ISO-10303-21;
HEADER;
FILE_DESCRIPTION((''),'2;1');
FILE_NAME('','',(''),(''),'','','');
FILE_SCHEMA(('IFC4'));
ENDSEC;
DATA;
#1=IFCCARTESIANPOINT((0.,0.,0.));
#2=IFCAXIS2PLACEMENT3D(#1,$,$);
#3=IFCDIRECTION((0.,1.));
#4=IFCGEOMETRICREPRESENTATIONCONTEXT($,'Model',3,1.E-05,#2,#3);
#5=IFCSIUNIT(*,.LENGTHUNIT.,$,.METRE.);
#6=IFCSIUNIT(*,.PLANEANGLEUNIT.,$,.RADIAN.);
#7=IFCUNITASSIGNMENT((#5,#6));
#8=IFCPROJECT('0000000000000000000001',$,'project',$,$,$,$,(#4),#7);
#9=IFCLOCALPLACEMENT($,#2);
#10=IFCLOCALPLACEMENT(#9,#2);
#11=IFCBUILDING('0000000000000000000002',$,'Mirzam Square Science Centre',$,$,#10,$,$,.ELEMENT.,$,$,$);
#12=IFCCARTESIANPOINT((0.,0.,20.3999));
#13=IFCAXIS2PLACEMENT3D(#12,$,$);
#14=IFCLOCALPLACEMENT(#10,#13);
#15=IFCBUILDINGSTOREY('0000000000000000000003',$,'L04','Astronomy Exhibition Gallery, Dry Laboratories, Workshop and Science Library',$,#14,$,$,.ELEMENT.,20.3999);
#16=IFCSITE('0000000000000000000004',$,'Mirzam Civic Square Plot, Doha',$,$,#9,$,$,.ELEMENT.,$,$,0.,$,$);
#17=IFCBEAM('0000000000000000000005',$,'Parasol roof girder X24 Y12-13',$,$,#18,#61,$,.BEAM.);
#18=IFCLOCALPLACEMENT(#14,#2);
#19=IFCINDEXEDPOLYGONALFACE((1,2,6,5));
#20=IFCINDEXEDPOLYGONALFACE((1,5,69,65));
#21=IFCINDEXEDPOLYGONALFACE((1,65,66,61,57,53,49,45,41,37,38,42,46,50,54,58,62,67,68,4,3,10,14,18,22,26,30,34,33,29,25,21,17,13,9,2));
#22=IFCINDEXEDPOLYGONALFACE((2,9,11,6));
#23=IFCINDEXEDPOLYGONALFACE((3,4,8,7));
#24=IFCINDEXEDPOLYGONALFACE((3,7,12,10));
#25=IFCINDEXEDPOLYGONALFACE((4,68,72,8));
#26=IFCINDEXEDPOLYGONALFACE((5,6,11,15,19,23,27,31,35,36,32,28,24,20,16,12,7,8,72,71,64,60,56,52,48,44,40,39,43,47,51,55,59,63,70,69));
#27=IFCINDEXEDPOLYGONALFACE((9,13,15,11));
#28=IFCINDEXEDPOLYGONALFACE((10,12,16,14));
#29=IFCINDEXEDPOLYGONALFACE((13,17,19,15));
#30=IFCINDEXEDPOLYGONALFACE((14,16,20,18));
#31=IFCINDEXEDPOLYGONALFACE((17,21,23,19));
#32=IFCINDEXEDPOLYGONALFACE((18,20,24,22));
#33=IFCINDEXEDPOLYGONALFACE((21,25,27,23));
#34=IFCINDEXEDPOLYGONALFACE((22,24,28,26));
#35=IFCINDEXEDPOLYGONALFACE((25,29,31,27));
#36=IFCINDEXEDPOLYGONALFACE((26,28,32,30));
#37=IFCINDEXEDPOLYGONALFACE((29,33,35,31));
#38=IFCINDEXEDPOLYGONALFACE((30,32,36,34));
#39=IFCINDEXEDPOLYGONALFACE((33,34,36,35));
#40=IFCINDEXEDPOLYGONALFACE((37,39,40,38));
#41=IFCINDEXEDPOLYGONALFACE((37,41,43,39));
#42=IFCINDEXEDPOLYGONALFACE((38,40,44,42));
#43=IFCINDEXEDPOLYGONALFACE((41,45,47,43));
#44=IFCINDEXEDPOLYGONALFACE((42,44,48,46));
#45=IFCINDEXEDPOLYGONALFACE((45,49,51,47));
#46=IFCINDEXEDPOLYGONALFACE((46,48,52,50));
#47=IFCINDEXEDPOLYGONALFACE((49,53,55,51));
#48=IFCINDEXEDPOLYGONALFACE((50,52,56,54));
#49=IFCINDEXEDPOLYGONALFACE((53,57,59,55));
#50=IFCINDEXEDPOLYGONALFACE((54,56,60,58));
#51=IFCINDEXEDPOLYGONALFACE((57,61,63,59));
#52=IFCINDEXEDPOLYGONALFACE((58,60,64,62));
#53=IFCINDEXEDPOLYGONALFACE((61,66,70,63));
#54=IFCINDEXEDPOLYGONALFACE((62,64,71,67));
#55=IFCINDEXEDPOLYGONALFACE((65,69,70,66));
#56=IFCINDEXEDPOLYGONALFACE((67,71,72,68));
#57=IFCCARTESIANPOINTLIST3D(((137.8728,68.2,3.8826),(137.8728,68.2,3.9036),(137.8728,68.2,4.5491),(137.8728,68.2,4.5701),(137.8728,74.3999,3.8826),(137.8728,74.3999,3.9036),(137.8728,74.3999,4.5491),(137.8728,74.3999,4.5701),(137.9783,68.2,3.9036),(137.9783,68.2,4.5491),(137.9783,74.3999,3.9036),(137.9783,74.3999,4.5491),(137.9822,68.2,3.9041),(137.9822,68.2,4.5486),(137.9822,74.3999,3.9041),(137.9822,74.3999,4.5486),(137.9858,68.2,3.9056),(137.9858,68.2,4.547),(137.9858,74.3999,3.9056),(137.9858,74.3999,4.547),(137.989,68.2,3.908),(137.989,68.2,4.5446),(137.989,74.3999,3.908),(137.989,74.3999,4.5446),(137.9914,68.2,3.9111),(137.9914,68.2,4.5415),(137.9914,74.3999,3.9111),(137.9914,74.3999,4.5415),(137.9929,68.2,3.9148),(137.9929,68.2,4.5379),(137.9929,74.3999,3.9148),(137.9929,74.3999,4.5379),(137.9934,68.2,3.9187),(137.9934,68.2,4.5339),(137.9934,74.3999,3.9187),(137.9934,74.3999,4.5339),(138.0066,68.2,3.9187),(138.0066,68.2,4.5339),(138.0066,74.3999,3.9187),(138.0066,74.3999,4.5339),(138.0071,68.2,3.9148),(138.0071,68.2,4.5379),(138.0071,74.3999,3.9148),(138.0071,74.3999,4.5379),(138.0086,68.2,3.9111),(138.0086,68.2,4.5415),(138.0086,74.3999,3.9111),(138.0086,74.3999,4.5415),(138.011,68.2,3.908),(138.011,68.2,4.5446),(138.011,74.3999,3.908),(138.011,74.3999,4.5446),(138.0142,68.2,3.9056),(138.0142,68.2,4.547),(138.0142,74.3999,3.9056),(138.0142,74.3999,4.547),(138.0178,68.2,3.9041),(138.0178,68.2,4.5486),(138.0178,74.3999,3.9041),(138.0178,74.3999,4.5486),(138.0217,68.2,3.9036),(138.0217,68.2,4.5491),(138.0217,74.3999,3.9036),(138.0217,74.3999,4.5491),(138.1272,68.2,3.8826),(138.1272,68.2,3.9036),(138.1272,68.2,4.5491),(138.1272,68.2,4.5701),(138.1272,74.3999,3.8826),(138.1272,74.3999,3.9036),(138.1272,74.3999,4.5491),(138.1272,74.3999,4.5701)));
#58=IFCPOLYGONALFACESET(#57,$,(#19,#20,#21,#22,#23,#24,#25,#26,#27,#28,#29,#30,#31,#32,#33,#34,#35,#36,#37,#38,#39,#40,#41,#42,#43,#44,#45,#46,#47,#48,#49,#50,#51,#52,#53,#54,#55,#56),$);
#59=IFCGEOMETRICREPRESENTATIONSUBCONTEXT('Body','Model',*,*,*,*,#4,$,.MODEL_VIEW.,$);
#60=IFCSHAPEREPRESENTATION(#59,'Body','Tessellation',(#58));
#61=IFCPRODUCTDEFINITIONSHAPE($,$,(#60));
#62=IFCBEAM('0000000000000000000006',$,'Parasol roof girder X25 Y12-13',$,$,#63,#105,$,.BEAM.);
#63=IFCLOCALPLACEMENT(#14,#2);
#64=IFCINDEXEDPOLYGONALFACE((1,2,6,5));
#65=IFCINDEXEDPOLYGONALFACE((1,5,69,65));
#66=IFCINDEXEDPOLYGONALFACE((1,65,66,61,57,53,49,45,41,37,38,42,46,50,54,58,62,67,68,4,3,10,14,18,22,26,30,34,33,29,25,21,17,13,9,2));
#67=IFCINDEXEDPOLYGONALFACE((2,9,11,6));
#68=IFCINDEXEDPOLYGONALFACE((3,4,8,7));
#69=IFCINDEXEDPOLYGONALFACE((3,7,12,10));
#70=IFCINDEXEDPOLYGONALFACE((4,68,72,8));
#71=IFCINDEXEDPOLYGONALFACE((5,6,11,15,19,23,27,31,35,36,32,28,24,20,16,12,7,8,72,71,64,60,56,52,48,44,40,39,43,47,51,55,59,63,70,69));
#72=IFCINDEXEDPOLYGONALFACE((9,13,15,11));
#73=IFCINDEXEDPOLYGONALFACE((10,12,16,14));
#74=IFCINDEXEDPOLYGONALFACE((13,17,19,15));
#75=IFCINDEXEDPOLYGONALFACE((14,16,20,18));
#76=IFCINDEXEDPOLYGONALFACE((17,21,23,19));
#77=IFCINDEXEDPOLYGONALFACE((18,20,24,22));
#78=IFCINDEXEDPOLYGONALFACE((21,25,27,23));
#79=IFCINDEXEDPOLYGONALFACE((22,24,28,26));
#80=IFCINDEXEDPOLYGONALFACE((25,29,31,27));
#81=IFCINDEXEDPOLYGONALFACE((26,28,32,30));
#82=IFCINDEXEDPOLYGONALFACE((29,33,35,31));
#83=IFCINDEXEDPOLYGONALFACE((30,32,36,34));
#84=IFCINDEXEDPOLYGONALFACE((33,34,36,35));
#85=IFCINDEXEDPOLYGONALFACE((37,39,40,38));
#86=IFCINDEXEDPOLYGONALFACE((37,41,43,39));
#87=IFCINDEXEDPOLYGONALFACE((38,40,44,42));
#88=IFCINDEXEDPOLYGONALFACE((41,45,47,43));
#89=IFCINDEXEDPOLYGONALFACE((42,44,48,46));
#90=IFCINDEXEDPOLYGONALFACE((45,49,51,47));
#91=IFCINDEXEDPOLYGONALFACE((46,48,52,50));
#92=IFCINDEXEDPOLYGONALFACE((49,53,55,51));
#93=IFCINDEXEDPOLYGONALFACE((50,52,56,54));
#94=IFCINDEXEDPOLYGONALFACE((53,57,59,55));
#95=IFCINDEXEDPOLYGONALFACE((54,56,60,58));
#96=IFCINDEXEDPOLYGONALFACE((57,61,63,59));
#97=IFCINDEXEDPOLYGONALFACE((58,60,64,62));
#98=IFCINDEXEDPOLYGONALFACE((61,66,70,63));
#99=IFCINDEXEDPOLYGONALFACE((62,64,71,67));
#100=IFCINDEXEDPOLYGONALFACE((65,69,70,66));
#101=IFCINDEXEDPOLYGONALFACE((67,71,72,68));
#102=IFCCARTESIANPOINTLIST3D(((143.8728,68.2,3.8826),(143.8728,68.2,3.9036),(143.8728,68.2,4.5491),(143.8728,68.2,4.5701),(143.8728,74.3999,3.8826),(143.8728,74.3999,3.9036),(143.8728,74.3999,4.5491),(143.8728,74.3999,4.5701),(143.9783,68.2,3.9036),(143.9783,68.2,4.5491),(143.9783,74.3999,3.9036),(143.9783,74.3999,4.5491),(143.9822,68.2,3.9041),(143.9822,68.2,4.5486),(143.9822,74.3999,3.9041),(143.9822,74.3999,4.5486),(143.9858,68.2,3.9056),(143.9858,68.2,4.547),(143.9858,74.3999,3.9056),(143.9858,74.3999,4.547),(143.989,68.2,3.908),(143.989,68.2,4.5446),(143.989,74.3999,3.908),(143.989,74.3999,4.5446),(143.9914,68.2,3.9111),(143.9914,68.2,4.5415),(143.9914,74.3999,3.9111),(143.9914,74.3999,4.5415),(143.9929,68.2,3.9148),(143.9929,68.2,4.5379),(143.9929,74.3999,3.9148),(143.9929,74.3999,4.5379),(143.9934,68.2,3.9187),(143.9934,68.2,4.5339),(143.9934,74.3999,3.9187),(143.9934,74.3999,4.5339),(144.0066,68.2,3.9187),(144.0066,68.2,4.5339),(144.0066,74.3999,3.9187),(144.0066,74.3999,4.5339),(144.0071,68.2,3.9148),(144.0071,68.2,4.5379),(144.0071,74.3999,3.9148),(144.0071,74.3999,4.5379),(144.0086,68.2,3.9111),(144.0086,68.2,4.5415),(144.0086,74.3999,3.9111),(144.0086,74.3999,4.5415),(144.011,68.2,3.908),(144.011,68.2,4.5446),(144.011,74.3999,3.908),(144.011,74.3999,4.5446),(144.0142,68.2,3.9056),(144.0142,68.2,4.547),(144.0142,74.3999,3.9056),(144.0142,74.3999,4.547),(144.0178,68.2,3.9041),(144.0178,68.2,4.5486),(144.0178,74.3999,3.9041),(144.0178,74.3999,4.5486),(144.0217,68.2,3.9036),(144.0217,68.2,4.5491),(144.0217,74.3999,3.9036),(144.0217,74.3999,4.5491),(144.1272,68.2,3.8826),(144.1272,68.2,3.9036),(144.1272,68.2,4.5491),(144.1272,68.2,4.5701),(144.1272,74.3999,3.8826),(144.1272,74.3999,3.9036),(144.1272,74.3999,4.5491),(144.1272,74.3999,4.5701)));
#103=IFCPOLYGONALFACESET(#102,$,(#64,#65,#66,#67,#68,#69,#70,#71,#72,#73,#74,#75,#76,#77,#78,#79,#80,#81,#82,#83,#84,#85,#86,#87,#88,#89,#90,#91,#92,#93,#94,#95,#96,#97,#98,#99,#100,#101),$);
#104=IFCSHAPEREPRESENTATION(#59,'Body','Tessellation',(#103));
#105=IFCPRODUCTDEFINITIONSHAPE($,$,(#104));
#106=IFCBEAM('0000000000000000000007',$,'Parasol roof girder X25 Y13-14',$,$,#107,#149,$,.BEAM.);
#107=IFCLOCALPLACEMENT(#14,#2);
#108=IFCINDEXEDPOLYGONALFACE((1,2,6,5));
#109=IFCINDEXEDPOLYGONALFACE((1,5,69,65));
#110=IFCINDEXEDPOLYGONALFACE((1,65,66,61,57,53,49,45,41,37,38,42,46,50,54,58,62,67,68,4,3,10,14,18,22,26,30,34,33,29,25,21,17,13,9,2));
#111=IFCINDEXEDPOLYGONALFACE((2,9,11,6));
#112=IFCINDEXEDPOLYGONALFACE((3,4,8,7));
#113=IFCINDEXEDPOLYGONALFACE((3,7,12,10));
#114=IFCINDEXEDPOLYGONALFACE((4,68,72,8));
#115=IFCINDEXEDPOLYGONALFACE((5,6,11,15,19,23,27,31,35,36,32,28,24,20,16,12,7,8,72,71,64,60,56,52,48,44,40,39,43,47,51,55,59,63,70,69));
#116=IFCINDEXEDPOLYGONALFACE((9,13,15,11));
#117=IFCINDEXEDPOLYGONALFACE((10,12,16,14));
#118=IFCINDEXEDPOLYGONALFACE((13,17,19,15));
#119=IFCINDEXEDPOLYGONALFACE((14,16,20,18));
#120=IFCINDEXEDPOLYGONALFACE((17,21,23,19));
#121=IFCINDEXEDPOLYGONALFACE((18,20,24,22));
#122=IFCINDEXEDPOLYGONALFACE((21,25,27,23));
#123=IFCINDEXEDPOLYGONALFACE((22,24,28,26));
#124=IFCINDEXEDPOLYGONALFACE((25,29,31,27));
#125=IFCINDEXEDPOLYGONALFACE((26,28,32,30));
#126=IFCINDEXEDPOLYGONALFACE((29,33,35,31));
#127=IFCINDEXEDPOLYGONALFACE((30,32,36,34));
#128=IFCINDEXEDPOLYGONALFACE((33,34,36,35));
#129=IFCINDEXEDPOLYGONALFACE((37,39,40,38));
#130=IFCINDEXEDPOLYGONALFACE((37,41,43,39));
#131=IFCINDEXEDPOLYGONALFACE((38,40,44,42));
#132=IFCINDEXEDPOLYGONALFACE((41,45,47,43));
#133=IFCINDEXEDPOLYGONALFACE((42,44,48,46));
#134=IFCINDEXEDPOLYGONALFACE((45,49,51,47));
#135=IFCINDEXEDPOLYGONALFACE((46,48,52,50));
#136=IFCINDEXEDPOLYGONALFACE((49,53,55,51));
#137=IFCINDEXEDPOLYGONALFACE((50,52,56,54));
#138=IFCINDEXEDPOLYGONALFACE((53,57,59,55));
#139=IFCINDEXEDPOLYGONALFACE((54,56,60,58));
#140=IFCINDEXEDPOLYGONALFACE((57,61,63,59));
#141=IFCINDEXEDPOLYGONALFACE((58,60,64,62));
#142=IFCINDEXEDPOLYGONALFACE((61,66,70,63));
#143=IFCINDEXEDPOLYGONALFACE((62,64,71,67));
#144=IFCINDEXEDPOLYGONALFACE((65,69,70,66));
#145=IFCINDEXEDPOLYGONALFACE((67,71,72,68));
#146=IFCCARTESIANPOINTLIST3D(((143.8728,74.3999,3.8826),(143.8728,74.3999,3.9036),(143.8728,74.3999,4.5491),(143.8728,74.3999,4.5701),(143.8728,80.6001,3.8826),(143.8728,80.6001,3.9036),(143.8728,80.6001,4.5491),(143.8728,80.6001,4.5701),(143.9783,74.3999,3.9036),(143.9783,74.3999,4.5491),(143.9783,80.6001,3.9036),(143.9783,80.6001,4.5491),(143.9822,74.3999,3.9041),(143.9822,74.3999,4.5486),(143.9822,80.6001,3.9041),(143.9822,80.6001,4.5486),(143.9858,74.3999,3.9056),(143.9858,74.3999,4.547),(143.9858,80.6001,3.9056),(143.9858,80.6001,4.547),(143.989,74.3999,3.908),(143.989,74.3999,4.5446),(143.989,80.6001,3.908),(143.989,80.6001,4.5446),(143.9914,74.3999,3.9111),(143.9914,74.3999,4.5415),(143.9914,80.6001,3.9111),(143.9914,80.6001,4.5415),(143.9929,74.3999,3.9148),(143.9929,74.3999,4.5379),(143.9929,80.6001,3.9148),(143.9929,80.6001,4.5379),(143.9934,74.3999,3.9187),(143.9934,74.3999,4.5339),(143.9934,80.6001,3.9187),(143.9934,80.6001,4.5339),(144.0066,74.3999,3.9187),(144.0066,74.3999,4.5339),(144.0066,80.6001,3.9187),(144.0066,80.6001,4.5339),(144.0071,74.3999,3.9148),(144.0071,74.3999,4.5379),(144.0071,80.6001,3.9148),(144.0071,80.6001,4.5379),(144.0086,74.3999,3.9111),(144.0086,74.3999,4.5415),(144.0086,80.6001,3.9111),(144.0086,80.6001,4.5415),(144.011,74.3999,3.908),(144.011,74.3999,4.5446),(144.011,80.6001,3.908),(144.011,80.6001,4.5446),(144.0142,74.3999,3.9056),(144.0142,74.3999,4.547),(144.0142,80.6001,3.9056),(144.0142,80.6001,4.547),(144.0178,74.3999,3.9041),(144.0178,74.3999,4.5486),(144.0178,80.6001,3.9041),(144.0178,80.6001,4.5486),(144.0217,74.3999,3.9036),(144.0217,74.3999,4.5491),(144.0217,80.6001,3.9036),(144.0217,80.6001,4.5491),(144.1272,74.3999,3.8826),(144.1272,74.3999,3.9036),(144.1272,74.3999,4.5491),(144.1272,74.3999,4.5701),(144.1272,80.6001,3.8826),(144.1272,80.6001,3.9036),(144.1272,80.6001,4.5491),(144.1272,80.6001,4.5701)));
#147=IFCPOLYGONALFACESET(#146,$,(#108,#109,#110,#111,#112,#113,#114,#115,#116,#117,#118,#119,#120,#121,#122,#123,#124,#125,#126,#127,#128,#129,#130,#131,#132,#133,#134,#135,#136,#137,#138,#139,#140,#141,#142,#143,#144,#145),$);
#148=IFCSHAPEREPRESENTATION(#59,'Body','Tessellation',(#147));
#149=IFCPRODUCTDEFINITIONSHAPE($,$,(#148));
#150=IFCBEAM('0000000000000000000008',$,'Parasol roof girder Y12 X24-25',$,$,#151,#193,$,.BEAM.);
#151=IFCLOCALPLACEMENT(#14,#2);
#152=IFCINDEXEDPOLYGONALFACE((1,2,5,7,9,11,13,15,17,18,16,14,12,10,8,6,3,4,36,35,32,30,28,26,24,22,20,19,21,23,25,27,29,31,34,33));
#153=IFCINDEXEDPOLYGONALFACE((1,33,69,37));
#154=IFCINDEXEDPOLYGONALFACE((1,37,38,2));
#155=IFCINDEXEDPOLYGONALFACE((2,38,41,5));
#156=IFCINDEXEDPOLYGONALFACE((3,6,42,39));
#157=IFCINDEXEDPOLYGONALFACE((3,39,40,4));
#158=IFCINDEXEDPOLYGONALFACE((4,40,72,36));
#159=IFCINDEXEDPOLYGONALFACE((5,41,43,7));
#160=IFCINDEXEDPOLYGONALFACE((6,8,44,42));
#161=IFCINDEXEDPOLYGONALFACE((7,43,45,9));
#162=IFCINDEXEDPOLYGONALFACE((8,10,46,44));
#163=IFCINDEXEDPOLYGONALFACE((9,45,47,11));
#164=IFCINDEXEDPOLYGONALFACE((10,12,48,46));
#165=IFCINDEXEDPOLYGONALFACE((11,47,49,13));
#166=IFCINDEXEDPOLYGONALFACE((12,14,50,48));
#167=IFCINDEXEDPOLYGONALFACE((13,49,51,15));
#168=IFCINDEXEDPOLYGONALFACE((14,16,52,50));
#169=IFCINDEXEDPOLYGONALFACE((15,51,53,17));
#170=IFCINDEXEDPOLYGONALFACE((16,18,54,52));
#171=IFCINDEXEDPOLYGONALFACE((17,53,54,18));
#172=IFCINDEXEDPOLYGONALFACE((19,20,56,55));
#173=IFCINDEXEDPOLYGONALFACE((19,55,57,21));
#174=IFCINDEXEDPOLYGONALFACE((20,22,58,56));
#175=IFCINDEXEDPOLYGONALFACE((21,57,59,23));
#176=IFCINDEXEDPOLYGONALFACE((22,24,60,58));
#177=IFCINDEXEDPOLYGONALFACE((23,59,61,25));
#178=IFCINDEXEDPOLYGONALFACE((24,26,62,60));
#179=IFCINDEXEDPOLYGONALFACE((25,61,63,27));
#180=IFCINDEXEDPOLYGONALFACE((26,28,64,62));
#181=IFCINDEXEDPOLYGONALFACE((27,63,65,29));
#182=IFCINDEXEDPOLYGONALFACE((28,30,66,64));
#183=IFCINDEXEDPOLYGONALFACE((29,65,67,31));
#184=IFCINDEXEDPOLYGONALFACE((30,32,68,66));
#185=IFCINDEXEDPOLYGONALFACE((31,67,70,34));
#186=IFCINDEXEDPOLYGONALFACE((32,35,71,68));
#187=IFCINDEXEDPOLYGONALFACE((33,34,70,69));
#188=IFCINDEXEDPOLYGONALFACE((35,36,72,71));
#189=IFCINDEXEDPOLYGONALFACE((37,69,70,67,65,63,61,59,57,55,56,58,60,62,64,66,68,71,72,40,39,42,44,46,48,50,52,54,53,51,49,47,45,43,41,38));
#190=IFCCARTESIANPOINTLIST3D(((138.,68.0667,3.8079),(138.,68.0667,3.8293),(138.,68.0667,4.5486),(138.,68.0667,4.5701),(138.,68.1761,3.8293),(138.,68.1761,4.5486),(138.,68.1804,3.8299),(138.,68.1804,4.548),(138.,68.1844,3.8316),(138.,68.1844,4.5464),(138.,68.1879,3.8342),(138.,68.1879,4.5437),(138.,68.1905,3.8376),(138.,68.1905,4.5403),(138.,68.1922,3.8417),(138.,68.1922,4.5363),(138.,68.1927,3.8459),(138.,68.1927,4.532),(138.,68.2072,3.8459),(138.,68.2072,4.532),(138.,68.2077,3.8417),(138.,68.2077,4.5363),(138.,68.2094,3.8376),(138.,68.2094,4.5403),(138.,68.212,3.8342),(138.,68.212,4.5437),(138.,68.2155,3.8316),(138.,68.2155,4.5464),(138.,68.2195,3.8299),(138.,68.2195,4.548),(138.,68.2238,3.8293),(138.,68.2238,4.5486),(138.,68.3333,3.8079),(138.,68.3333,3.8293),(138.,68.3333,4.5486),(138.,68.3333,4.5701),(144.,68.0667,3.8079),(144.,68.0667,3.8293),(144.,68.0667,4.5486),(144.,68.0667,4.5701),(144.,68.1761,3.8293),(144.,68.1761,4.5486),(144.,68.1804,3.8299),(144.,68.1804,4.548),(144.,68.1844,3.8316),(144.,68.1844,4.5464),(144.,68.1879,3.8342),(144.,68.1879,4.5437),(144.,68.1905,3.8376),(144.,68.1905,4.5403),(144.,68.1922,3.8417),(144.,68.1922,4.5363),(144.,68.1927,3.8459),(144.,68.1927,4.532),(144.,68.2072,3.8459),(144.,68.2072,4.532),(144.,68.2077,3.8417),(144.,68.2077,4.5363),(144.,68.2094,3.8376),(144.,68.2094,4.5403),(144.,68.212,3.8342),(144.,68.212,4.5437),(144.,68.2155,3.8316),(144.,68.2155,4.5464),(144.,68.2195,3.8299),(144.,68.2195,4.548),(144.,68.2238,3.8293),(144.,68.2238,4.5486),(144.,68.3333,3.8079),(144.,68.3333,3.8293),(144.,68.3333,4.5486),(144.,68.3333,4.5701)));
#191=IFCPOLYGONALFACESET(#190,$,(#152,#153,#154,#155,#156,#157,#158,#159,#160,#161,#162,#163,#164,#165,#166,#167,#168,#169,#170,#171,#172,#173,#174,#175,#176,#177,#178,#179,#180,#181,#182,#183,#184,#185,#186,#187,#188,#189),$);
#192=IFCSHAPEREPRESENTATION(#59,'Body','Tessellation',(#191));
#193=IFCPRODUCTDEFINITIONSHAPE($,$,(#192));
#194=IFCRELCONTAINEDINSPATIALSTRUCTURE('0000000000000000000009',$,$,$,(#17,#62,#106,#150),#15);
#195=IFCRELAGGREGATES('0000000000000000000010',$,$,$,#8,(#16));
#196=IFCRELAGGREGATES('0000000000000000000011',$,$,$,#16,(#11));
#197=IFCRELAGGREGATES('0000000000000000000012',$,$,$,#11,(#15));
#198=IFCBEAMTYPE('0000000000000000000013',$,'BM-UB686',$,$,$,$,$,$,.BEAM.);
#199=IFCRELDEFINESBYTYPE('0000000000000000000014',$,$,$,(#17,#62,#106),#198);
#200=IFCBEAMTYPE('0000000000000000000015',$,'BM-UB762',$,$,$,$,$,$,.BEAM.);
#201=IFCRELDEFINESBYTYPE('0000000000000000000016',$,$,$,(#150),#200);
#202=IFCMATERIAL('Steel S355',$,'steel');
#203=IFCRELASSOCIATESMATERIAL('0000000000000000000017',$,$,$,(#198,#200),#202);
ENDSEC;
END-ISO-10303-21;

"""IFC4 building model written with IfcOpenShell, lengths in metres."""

from ifc_helpers import new_model, si_unit, direction, frame, origin, origin_2d, place, context, subcontext, project, spatial, i_section, extrude, material, material_profile, profile_set, type_object, element, save


model = new_model("IFC4")

# Units and contexts
model_context = context("Model", 3, precision=1e-05, world=origin(), true_north=direction((0.0, 1.0)))
body_context = subcontext(model_context, "Body", "Model", "MODEL_VIEW")
ifc_project = project(units=[si_unit("LENGTHUNIT", "METRE"), si_unit("PLANEANGLEUNIT", "RADIAN")], contexts=[model_context])

# Site, building, storey
site_placement = place(None, origin())
site = spatial("IfcSite", under=ifc_project, at=site_placement, Name="Mirzam Civic Square Plot, Doha", CompositionType="ELEMENT", RefElevation=0.0)
building_placement = place(site_placement, origin())
building = spatial("IfcBuilding", under=site, at=building_placement, Name="Mirzam Square Science Centre", CompositionType="ELEMENT")
storey_placement = place(building_placement, frame((0.0, 0.0, 20.3999)))
storey = spatial("IfcBuildingStorey", under=building, at=storey_placement, Name="L04", Description="Astronomy Exhibition Gallery, Dry Laboratories, Workshop and Science Library", CompositionType="ELEMENT", Elevation=20.3999)

# Shared definitions
ifc_material = material(Name="Steel S355", Category="steel")

# Beams
ifc_material_profile_1 = material_profile(ifc_material, i_section(OverallWidth=0.2544, OverallDepth=0.6875, WebThickness=0.0132, FlangeThickness=0.021, FilletRadius=0.0151, at=origin_2d()), Name="686x254x152UB")
ifc_profile_set_1 = profile_set([ifc_material_profile_1], Name="Steel S355")
beam_type_1 = type_object("IfcBeamType", Name="BM-UB686", PredefinedType="BEAM", material=ifc_profile_set_1)
for number, where, z_axis, x_axis, name in (
    (1, (138.0, 68.2, 4.2263), (0.0, 1.0, 0.0), (-1.0, 0.0, 0.0), "Parasol roof girder X24 Y12-13"),
    (2, (144.0, 68.2, 4.2263), (0.0, 1.0, 0.0), (-1.0, 0.0, 0.0), "Parasol roof girder X25 Y12-13"),
):
    element("IfcBeam", number, at=place(storey_placement, frame(where, z_axis=z_axis, x_axis=x_axis)), inside=storey, type_object=beam_type_1, Name=name, PredefinedType="BEAM", context=body_context, shape_type="SweptSolid", body=[
        extrude(i_section(OverallWidth=0.2544, OverallDepth=0.6875, WebThickness=0.0132, FlangeThickness=0.021, FilletRadius=0.0151, at=origin_2d()), origin(), (0.0, 0.0, 1.0), 6.2),
    ])
beam_1_placement = place(storey_placement, frame((144.0, 74.3999, 4.2263), z_axis=(0.0, 1.0, 0.0), x_axis=(-1.0, 0.0, 0.0)))
element("IfcBeam", 3, at=beam_1_placement, inside=storey, type_object=beam_type_1, Name="Parasol roof girder X25 Y13-14", PredefinedType="BEAM", context=body_context, shape_type="SweptSolid", body=[
    extrude(i_section(OverallWidth=0.2544, OverallDepth=0.6875, WebThickness=0.0132, FlangeThickness=0.021, FilletRadius=0.0151, at=origin_2d()), origin(), (0.0, 0.0, 1.0), 6.2002),
])
ifc_material_profile_2 = material_profile(ifc_material, i_section(OverallWidth=0.2666, OverallDepth=0.7622, WebThickness=0.0144, FlangeThickness=0.0215, FilletRadius=0.0166, at=origin_2d()), Name="762x267x173UB")
ifc_profile_set_2 = profile_set([ifc_material_profile_2], Name="Steel S355")
beam_type_2 = type_object("IfcBeamType", Name="BM-UB762", PredefinedType="BEAM", material=ifc_profile_set_2)
for number, where, z_axis, x_axis, name in (
    (4, (138.0, 68.2, 4.189), (1.0, 0.0, 0.0), (0.0, 1.0, 0.0), "Parasol roof girder Y12 X24-25"),
):
    element("IfcBeam", number, at=place(storey_placement, frame(where, z_axis=z_axis, x_axis=x_axis)), inside=storey, type_object=beam_type_2, Name=name, PredefinedType="BEAM", context=body_context, shape_type="SweptSolid", body=[
        extrude(i_section(OverallWidth=0.2666, OverallDepth=0.7622, WebThickness=0.0144, FlangeThickness=0.0215, FilletRadius=0.0166, at=origin_2d()), origin(), (0.0, 0.0, 1.0), 6.0),
    ])

save(model, "model.ifc")
